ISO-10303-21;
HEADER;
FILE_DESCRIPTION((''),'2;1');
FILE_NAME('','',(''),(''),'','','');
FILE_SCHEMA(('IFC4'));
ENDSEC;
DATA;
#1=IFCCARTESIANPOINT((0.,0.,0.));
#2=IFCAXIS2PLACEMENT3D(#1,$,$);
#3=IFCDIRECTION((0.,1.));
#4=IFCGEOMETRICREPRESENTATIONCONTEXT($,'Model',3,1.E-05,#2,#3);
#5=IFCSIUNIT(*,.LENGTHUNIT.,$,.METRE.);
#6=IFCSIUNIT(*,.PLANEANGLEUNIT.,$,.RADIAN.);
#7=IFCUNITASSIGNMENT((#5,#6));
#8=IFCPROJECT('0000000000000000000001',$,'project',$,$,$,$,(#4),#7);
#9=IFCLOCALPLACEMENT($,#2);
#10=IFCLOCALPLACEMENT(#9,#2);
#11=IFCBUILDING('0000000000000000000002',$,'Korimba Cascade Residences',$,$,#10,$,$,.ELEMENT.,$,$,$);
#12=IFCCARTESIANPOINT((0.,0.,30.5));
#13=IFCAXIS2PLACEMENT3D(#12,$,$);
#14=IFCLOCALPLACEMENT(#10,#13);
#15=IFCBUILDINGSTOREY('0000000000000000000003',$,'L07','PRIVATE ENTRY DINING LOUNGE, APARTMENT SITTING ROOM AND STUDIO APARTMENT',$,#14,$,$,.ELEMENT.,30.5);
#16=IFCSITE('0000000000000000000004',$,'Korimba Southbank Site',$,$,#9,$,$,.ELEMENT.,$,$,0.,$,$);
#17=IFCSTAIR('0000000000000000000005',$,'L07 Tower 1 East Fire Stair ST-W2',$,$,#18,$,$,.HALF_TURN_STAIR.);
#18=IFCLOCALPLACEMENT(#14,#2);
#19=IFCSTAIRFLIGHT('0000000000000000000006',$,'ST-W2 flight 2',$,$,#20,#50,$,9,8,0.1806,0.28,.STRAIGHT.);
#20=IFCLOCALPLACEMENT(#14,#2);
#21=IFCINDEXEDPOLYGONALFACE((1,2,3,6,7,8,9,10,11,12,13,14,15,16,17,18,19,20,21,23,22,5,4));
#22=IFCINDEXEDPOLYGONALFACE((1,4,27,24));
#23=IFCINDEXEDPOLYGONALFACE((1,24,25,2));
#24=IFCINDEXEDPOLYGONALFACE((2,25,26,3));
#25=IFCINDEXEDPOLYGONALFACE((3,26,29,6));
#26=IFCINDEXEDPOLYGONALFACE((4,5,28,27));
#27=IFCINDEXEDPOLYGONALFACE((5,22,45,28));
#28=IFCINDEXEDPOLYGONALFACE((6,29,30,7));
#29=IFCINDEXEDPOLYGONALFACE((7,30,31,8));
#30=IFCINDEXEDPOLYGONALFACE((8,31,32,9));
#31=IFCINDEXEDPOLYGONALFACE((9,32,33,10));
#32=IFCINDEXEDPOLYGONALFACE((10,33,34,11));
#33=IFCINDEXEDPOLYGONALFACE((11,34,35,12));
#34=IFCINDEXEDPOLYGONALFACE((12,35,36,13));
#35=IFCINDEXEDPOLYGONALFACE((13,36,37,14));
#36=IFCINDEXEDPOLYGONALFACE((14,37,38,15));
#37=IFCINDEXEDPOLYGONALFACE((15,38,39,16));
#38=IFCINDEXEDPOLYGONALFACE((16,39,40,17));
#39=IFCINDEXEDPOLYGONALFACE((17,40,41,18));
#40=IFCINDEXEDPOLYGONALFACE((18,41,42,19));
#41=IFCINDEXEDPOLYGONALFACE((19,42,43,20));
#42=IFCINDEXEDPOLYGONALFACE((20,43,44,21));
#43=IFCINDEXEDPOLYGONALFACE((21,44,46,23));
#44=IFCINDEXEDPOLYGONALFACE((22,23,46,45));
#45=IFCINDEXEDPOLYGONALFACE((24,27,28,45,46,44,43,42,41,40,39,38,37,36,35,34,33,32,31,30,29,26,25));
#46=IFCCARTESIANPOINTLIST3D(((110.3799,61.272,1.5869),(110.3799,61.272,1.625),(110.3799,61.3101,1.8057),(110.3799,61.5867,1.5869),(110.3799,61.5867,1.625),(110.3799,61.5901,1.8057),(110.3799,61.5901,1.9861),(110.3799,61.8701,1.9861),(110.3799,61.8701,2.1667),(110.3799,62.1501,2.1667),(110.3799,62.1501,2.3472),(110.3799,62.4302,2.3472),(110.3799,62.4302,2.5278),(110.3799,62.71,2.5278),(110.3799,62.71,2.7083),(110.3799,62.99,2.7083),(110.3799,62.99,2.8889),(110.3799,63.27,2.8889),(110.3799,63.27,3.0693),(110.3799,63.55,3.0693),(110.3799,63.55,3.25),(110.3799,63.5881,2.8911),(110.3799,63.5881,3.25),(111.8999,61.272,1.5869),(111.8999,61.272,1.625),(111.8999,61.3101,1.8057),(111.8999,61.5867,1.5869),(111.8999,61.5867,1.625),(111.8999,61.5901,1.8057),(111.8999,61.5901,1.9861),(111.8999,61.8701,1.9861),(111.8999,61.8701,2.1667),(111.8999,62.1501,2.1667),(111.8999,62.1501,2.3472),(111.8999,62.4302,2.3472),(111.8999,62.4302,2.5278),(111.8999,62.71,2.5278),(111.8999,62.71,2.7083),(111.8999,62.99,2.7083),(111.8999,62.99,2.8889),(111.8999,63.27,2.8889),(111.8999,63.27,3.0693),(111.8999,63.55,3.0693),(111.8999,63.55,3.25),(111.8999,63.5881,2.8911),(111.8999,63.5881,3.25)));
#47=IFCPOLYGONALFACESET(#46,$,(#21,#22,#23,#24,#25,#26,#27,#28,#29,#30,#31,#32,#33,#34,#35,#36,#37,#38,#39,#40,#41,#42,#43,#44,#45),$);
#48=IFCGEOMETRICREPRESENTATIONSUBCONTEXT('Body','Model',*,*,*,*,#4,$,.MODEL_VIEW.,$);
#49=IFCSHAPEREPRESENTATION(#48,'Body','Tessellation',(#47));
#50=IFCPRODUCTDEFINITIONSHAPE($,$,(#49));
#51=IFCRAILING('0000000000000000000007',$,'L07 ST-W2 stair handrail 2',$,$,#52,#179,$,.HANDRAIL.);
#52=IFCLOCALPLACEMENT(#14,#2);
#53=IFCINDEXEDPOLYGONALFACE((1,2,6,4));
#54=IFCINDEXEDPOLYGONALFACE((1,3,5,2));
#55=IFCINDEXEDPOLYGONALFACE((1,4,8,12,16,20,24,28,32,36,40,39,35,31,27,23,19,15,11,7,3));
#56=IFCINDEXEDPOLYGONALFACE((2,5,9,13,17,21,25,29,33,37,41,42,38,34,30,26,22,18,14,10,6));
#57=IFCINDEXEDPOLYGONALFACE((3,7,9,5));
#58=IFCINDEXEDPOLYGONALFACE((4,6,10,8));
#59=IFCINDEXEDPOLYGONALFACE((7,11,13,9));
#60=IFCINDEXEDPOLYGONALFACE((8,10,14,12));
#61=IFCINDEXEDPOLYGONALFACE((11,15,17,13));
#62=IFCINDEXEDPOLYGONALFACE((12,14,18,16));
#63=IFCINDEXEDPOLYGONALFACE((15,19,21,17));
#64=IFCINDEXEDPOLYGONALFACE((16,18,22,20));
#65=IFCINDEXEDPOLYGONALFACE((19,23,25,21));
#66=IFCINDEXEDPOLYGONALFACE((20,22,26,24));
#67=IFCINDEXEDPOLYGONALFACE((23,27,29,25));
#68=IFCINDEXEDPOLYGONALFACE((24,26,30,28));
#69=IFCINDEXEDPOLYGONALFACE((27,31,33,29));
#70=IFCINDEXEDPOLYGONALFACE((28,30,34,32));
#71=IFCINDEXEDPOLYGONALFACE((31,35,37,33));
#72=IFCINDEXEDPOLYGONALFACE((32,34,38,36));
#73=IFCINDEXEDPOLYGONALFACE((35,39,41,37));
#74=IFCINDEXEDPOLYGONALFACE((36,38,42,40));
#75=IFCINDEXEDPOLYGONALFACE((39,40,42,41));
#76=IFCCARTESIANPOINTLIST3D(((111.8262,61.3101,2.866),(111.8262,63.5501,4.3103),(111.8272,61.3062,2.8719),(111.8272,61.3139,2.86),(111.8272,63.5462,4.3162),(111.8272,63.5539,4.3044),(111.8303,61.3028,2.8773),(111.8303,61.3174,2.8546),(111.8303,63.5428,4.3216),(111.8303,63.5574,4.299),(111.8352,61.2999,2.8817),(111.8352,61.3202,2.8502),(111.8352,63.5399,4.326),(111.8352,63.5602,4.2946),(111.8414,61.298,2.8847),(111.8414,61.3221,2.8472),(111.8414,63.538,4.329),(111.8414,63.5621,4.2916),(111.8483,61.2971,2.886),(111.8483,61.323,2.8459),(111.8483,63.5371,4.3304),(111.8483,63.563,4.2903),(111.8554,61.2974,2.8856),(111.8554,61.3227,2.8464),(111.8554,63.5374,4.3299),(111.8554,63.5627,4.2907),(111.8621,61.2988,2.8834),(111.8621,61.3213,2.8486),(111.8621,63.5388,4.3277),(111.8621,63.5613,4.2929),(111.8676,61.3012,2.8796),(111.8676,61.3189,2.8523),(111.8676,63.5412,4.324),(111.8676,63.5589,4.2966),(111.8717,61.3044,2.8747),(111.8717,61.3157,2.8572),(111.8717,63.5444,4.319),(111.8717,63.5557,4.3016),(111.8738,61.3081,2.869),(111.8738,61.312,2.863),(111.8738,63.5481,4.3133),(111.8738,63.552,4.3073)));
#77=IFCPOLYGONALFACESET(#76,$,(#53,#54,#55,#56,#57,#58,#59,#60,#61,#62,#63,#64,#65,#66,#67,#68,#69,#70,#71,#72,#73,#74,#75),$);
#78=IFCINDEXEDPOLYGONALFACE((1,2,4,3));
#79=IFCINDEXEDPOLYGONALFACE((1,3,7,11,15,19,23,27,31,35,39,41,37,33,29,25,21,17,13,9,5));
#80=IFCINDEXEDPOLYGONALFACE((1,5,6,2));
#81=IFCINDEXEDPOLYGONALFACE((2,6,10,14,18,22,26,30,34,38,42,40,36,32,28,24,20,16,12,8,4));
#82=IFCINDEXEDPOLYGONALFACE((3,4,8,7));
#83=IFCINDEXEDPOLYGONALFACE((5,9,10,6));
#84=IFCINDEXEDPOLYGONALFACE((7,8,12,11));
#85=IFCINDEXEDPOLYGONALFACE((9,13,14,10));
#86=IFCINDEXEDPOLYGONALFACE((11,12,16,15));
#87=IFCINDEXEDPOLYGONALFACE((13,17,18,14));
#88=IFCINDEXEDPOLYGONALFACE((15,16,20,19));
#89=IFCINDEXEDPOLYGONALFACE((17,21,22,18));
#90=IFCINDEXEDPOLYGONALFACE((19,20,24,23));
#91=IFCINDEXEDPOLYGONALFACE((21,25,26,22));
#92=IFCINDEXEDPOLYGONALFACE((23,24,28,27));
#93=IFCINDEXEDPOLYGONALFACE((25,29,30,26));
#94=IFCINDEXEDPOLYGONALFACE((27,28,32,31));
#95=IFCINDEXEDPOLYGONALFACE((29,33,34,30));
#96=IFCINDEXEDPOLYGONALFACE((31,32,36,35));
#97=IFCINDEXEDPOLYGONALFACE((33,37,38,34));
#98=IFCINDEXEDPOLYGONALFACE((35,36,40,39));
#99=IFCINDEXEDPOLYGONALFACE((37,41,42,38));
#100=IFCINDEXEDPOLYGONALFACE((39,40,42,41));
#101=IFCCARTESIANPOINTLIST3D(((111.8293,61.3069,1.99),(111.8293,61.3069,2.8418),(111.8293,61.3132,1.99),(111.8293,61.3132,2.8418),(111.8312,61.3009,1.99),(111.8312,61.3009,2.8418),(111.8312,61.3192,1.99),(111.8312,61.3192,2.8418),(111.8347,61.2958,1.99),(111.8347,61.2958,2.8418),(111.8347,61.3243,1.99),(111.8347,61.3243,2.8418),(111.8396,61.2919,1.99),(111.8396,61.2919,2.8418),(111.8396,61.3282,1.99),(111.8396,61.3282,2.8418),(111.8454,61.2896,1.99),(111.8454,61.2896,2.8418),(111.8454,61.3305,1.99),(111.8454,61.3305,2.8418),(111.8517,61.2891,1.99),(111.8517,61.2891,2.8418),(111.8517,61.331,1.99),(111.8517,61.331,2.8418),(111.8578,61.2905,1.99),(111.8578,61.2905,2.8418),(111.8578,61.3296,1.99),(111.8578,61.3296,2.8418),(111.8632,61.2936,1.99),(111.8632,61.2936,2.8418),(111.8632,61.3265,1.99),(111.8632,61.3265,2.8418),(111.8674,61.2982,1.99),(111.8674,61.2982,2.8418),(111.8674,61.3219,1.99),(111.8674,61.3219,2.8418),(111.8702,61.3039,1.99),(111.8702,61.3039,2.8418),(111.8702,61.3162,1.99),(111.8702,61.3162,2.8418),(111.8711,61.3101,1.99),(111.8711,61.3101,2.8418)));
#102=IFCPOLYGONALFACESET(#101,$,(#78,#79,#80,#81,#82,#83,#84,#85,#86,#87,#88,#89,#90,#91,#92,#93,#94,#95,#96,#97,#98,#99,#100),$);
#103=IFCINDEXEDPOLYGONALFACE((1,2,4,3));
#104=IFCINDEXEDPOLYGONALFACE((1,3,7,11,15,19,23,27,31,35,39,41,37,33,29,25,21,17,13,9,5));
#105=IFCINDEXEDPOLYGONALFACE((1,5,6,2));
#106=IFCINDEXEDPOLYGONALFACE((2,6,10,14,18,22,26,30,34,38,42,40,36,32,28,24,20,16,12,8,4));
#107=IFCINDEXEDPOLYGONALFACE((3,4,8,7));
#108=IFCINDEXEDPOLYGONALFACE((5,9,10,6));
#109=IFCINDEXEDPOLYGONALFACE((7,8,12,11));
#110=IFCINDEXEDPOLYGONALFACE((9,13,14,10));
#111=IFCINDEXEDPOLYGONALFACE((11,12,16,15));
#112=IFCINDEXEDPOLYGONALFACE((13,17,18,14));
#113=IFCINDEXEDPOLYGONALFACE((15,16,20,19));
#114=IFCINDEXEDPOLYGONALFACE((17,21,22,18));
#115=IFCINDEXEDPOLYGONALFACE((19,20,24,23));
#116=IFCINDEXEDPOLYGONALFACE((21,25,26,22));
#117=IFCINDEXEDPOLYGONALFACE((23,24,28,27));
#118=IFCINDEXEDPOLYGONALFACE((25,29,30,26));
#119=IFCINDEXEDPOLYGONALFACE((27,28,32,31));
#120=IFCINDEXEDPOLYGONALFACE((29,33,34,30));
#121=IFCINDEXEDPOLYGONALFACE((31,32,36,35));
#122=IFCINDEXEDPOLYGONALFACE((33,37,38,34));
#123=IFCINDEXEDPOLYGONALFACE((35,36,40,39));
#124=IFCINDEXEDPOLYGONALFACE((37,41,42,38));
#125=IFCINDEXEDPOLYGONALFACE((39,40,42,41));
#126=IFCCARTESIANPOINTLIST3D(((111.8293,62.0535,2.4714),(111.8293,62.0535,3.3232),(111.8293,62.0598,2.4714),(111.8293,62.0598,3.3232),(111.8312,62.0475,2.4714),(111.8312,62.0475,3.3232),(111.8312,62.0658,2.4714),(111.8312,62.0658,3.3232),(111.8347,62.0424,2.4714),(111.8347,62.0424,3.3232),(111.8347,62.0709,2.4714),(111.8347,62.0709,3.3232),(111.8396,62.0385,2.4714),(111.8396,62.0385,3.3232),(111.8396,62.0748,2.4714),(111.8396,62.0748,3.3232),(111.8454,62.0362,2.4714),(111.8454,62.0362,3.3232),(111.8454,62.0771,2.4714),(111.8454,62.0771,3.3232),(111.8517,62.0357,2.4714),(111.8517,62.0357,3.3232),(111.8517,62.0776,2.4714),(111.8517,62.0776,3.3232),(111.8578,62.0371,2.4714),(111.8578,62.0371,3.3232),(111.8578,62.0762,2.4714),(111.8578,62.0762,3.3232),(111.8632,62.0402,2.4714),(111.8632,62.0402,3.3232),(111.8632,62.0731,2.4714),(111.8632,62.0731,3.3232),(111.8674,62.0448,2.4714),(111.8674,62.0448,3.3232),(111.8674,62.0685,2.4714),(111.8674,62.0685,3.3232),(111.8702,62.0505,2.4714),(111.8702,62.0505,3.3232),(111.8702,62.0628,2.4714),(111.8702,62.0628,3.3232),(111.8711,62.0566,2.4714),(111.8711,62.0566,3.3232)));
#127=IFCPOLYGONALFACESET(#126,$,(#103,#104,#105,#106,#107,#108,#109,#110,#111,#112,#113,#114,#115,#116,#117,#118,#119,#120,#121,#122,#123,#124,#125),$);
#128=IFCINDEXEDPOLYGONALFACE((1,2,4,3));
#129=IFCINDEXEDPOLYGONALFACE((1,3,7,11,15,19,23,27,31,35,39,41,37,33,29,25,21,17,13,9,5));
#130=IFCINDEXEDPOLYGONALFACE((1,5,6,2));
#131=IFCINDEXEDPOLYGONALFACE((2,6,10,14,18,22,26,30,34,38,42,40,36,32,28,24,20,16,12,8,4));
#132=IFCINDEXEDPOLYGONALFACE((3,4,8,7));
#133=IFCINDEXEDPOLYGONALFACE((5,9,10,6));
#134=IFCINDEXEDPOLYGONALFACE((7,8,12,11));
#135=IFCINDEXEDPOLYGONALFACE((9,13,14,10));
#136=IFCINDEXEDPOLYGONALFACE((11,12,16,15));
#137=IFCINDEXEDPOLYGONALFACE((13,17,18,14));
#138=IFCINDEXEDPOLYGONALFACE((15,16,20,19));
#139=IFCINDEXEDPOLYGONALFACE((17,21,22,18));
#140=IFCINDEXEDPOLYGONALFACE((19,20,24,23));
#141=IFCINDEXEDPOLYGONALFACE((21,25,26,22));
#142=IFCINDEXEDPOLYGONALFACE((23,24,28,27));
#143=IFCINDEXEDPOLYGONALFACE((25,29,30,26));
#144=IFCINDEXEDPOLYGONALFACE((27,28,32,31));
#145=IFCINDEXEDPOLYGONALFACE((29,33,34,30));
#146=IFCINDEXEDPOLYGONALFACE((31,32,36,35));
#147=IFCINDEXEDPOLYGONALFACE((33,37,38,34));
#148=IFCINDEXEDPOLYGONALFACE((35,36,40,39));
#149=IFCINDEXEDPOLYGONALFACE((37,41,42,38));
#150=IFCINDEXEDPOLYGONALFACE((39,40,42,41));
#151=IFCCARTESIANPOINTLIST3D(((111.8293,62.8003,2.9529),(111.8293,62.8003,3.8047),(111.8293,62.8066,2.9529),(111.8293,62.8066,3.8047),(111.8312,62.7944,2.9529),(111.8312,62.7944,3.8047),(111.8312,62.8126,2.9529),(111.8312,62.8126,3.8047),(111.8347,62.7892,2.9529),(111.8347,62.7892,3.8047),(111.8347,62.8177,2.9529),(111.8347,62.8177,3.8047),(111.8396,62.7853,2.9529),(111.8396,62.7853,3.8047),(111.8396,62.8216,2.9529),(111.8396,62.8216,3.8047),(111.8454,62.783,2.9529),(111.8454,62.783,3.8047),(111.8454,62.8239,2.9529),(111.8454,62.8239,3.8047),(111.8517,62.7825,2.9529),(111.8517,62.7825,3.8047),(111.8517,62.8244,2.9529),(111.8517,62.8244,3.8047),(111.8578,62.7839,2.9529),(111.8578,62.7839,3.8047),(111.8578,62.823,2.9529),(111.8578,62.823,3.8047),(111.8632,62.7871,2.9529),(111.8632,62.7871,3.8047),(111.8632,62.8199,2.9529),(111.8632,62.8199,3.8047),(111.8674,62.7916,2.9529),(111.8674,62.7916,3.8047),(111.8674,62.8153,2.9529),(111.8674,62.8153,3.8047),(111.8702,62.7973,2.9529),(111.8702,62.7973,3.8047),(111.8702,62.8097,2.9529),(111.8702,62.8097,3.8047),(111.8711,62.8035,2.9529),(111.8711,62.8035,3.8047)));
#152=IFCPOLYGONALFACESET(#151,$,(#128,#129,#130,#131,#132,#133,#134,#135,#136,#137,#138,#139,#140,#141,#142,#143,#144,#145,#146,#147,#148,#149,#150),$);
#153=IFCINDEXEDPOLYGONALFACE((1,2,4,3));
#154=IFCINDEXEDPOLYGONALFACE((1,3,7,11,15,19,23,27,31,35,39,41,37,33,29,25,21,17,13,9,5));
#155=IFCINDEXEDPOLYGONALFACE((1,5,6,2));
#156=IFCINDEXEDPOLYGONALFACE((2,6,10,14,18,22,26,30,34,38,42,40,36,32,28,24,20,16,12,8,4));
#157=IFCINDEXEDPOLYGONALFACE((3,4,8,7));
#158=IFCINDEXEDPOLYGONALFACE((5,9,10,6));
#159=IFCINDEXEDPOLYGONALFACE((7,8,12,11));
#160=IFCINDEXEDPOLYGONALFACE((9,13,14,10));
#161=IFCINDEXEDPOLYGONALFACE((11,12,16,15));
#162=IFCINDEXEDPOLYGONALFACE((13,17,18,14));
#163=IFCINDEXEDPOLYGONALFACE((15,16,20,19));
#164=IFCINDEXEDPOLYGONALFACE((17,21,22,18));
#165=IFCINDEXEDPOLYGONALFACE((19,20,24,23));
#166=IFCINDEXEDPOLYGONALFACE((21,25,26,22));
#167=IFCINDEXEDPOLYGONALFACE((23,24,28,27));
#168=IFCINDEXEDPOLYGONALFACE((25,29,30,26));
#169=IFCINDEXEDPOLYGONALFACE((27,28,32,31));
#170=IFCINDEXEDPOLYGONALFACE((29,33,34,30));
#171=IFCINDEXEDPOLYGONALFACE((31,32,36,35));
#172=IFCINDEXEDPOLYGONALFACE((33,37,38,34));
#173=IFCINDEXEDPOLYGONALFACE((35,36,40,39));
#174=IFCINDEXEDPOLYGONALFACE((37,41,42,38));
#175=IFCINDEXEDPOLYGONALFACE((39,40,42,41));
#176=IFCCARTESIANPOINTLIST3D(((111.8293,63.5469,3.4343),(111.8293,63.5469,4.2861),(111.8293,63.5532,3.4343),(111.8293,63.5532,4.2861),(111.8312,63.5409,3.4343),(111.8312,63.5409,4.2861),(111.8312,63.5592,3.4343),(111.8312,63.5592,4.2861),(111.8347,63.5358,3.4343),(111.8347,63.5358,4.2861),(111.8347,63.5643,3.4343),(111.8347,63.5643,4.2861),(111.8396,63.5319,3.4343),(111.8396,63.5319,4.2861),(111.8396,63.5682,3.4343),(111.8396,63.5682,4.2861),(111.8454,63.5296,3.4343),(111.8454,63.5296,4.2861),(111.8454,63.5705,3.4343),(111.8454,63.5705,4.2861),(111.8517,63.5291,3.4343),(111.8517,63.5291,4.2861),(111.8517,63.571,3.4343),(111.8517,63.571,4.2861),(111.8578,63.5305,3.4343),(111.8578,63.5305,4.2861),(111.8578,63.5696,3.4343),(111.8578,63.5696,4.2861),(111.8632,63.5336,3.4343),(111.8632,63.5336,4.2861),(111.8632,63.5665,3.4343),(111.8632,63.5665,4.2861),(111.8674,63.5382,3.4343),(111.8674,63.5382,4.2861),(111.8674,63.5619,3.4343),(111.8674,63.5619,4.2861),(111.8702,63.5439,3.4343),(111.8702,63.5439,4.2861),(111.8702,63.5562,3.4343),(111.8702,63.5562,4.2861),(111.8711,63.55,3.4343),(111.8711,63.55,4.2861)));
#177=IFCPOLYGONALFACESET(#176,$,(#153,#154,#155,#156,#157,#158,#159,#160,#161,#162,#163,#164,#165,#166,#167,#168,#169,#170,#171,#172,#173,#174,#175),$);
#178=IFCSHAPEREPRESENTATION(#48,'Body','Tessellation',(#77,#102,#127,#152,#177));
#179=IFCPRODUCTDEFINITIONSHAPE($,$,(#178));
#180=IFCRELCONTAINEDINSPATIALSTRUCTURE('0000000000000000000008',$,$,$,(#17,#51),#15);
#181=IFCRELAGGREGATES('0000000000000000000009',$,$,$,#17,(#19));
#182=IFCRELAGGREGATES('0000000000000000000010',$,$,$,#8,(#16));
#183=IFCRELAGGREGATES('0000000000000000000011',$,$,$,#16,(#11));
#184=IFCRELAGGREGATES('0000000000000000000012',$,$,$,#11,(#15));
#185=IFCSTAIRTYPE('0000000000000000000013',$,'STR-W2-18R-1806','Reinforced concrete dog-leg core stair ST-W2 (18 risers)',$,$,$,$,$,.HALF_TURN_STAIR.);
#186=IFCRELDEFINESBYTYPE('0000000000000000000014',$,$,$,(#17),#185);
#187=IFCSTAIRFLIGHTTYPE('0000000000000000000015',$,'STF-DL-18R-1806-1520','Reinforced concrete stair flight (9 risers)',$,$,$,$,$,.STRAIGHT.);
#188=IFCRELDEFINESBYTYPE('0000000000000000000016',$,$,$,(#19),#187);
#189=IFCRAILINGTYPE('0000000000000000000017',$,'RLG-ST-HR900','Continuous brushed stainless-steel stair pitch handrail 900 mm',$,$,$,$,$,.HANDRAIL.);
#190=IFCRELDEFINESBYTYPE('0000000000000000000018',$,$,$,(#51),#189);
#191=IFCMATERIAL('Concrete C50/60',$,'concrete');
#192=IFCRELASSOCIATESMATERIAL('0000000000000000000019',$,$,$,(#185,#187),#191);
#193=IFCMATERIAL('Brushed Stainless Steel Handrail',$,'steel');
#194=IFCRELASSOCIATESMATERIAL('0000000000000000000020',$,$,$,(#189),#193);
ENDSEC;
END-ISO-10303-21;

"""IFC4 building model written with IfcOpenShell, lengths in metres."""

from ifc_helpers import new_model, si_unit, direction, frame, origin, origin_2d, place, context, subcontext, project, spatial, polyline, circle, outline, extrude, material, type_object, element, aggregate, save


model = new_model("IFC4")

# Units and contexts
model_context = context("Model", 3, precision=1e-05, world=origin(), true_north=direction((0.0, 1.0)))
body_context = subcontext(model_context, "Body", "Model", "MODEL_VIEW")
ifc_project = project(units=[si_unit("LENGTHUNIT", "METRE"), si_unit("PLANEANGLEUNIT", "RADIAN")], contexts=[model_context])

# Site, building, storey
site_placement = place(None, origin())
site = spatial("IfcSite", under=ifc_project, at=site_placement, Name="Korimba Southbank Site", CompositionType="ELEMENT", RefElevation=0.0)
building_placement = place(site_placement, origin())
building = spatial("IfcBuilding", under=site, at=building_placement, Name="Korimba Cascade Residences", CompositionType="ELEMENT")
storey_placement = place(building_placement, frame((0.0, 0.0, 30.5)))
storey = spatial("IfcBuildingStorey", under=building, at=storey_placement, Name="L07", Description="PRIVATE ENTRY DINING LOUNGE, APARTMENT SITTING ROOM AND STUDIO APARTMENT", CompositionType="ELEMENT", Elevation=30.5)

# Shared definitions
ifc_material_1 = material(Name="Concrete C50/60", Category="concrete")

# Stair, stair flight
stair_type = type_object("IfcStairType", Name="STR-W2-18R-1806", Description="Reinforced concrete dog-leg core stair ST-W2 (18 risers)", PredefinedType="HALF_TURN_STAIR", material=ifc_material_1)
stair_placement = place(storey_placement, origin())
stair = element("IfcStair", 1, at=stair_placement, inside=storey, type_object=stair_type, Name="L07 Tower 1 East Fire Stair ST-W2", PredefinedType="HALF_TURN_STAIR")
stair_flight_type = type_object("IfcStairFlightType", Name="STF-DL-18R-1806-1520", Description="Reinforced concrete stair flight (9 risers)", PredefinedType="STRAIGHT", material=ifc_material_1)
stair_flight_placement = place(storey_placement, frame((111.1399, 61.3101, 1.625), z_axis=(0.0, 0.0, 1.0), x_axis=(0.0, 1.0, 0.0)))
stair_flight = element("IfcStairFlight", 2, at=stair_flight_placement, type_object=stair_flight_type, Name="ST-W2 flight 2", NumberOfRisers=9, NumberOfTreads=8, PredefinedType="STRAIGHT", RiserHeight=0.1806, TreadLength=0.28, context=body_context, shape_type="SweptSolid", body=[
    extrude(outline(polyline([(-0.0381, 0.0), (0.0, 0.1807), (0.28, 0.1807), (0.28, 0.3611), (0.5601, 0.3611), (0.5601, 0.5417), (0.8401, 0.5417), (0.8401, 0.7222), (1.1201, 0.7222), (1.1201, 0.9028), (1.3999, 0.9028), (1.3999, 1.0833), (1.6799, 1.0833), (1.6799, 1.2639), (1.96, 1.2639), (1.96, 1.4443), (2.24, 1.4443), (2.24, 1.625), (2.2781, 1.625), (2.2781, 1.2661), (0.2766, 0.0), (0.2766, -0.0381), (-0.0381, -0.0381), (-0.0381, 0.0)])), frame((0.0, 0.76, 0.0), z_axis=(0.0, -1.0, 0.0), x_axis=(1.0, 0.0, 0.0)), (0.0, 0.0, 1.0), 1.52),
])
aggregate(stair, [stair_flight])

# Railing
ifc_material_2 = material(Name="Brushed Stainless Steel Handrail", Category="steel")
railing_type = type_object("IfcRailingType", Name="RLG-ST-HR900", Description="Continuous brushed stainless-steel stair pitch handrail 900 mm", PredefinedType="HANDRAIL", material=ifc_material_2)
railing_placement = place(storey_placement, frame((111.8501, 61.3101, 1.99)))
element("IfcRailing", 3, at=railing_placement, inside=storey, type_object=railing_type, Name="L07 ST-W2 stair handrail 2", PredefinedType="HANDRAIL", context=body_context, shape_type="SweptSolid", body=[
    extrude(circle(Radius=0.0239, at=origin_2d()), frame((0.0, 0.0, 0.876), z_axis=(0.0, 0.840437, 0.54191), x_axis=(-1.0, 0.0, 0.0)), (0.0, 0.0, 1.0), 2.6653),
    extrude(circle(Radius=0.021, at=origin_2d()), origin(), (0.0, 0.0, 1.0), 0.8518),
    extrude(circle(Radius=0.021, at=origin_2d()), frame((0.0, 0.7466, 0.4814)), (0.0, 0.0, 1.0), 0.8518),
    extrude(circle(Radius=0.021, at=origin_2d()), frame((0.0, 1.4934, 0.9629)), (0.0, 0.0, 1.0), 0.8518),
    extrude(circle(Radius=0.021, at=origin_2d()), frame((0.0, 2.24, 1.4443)), (0.0, 0.0, 1.0), 0.8518),
])

save(model, "model.ifc")
